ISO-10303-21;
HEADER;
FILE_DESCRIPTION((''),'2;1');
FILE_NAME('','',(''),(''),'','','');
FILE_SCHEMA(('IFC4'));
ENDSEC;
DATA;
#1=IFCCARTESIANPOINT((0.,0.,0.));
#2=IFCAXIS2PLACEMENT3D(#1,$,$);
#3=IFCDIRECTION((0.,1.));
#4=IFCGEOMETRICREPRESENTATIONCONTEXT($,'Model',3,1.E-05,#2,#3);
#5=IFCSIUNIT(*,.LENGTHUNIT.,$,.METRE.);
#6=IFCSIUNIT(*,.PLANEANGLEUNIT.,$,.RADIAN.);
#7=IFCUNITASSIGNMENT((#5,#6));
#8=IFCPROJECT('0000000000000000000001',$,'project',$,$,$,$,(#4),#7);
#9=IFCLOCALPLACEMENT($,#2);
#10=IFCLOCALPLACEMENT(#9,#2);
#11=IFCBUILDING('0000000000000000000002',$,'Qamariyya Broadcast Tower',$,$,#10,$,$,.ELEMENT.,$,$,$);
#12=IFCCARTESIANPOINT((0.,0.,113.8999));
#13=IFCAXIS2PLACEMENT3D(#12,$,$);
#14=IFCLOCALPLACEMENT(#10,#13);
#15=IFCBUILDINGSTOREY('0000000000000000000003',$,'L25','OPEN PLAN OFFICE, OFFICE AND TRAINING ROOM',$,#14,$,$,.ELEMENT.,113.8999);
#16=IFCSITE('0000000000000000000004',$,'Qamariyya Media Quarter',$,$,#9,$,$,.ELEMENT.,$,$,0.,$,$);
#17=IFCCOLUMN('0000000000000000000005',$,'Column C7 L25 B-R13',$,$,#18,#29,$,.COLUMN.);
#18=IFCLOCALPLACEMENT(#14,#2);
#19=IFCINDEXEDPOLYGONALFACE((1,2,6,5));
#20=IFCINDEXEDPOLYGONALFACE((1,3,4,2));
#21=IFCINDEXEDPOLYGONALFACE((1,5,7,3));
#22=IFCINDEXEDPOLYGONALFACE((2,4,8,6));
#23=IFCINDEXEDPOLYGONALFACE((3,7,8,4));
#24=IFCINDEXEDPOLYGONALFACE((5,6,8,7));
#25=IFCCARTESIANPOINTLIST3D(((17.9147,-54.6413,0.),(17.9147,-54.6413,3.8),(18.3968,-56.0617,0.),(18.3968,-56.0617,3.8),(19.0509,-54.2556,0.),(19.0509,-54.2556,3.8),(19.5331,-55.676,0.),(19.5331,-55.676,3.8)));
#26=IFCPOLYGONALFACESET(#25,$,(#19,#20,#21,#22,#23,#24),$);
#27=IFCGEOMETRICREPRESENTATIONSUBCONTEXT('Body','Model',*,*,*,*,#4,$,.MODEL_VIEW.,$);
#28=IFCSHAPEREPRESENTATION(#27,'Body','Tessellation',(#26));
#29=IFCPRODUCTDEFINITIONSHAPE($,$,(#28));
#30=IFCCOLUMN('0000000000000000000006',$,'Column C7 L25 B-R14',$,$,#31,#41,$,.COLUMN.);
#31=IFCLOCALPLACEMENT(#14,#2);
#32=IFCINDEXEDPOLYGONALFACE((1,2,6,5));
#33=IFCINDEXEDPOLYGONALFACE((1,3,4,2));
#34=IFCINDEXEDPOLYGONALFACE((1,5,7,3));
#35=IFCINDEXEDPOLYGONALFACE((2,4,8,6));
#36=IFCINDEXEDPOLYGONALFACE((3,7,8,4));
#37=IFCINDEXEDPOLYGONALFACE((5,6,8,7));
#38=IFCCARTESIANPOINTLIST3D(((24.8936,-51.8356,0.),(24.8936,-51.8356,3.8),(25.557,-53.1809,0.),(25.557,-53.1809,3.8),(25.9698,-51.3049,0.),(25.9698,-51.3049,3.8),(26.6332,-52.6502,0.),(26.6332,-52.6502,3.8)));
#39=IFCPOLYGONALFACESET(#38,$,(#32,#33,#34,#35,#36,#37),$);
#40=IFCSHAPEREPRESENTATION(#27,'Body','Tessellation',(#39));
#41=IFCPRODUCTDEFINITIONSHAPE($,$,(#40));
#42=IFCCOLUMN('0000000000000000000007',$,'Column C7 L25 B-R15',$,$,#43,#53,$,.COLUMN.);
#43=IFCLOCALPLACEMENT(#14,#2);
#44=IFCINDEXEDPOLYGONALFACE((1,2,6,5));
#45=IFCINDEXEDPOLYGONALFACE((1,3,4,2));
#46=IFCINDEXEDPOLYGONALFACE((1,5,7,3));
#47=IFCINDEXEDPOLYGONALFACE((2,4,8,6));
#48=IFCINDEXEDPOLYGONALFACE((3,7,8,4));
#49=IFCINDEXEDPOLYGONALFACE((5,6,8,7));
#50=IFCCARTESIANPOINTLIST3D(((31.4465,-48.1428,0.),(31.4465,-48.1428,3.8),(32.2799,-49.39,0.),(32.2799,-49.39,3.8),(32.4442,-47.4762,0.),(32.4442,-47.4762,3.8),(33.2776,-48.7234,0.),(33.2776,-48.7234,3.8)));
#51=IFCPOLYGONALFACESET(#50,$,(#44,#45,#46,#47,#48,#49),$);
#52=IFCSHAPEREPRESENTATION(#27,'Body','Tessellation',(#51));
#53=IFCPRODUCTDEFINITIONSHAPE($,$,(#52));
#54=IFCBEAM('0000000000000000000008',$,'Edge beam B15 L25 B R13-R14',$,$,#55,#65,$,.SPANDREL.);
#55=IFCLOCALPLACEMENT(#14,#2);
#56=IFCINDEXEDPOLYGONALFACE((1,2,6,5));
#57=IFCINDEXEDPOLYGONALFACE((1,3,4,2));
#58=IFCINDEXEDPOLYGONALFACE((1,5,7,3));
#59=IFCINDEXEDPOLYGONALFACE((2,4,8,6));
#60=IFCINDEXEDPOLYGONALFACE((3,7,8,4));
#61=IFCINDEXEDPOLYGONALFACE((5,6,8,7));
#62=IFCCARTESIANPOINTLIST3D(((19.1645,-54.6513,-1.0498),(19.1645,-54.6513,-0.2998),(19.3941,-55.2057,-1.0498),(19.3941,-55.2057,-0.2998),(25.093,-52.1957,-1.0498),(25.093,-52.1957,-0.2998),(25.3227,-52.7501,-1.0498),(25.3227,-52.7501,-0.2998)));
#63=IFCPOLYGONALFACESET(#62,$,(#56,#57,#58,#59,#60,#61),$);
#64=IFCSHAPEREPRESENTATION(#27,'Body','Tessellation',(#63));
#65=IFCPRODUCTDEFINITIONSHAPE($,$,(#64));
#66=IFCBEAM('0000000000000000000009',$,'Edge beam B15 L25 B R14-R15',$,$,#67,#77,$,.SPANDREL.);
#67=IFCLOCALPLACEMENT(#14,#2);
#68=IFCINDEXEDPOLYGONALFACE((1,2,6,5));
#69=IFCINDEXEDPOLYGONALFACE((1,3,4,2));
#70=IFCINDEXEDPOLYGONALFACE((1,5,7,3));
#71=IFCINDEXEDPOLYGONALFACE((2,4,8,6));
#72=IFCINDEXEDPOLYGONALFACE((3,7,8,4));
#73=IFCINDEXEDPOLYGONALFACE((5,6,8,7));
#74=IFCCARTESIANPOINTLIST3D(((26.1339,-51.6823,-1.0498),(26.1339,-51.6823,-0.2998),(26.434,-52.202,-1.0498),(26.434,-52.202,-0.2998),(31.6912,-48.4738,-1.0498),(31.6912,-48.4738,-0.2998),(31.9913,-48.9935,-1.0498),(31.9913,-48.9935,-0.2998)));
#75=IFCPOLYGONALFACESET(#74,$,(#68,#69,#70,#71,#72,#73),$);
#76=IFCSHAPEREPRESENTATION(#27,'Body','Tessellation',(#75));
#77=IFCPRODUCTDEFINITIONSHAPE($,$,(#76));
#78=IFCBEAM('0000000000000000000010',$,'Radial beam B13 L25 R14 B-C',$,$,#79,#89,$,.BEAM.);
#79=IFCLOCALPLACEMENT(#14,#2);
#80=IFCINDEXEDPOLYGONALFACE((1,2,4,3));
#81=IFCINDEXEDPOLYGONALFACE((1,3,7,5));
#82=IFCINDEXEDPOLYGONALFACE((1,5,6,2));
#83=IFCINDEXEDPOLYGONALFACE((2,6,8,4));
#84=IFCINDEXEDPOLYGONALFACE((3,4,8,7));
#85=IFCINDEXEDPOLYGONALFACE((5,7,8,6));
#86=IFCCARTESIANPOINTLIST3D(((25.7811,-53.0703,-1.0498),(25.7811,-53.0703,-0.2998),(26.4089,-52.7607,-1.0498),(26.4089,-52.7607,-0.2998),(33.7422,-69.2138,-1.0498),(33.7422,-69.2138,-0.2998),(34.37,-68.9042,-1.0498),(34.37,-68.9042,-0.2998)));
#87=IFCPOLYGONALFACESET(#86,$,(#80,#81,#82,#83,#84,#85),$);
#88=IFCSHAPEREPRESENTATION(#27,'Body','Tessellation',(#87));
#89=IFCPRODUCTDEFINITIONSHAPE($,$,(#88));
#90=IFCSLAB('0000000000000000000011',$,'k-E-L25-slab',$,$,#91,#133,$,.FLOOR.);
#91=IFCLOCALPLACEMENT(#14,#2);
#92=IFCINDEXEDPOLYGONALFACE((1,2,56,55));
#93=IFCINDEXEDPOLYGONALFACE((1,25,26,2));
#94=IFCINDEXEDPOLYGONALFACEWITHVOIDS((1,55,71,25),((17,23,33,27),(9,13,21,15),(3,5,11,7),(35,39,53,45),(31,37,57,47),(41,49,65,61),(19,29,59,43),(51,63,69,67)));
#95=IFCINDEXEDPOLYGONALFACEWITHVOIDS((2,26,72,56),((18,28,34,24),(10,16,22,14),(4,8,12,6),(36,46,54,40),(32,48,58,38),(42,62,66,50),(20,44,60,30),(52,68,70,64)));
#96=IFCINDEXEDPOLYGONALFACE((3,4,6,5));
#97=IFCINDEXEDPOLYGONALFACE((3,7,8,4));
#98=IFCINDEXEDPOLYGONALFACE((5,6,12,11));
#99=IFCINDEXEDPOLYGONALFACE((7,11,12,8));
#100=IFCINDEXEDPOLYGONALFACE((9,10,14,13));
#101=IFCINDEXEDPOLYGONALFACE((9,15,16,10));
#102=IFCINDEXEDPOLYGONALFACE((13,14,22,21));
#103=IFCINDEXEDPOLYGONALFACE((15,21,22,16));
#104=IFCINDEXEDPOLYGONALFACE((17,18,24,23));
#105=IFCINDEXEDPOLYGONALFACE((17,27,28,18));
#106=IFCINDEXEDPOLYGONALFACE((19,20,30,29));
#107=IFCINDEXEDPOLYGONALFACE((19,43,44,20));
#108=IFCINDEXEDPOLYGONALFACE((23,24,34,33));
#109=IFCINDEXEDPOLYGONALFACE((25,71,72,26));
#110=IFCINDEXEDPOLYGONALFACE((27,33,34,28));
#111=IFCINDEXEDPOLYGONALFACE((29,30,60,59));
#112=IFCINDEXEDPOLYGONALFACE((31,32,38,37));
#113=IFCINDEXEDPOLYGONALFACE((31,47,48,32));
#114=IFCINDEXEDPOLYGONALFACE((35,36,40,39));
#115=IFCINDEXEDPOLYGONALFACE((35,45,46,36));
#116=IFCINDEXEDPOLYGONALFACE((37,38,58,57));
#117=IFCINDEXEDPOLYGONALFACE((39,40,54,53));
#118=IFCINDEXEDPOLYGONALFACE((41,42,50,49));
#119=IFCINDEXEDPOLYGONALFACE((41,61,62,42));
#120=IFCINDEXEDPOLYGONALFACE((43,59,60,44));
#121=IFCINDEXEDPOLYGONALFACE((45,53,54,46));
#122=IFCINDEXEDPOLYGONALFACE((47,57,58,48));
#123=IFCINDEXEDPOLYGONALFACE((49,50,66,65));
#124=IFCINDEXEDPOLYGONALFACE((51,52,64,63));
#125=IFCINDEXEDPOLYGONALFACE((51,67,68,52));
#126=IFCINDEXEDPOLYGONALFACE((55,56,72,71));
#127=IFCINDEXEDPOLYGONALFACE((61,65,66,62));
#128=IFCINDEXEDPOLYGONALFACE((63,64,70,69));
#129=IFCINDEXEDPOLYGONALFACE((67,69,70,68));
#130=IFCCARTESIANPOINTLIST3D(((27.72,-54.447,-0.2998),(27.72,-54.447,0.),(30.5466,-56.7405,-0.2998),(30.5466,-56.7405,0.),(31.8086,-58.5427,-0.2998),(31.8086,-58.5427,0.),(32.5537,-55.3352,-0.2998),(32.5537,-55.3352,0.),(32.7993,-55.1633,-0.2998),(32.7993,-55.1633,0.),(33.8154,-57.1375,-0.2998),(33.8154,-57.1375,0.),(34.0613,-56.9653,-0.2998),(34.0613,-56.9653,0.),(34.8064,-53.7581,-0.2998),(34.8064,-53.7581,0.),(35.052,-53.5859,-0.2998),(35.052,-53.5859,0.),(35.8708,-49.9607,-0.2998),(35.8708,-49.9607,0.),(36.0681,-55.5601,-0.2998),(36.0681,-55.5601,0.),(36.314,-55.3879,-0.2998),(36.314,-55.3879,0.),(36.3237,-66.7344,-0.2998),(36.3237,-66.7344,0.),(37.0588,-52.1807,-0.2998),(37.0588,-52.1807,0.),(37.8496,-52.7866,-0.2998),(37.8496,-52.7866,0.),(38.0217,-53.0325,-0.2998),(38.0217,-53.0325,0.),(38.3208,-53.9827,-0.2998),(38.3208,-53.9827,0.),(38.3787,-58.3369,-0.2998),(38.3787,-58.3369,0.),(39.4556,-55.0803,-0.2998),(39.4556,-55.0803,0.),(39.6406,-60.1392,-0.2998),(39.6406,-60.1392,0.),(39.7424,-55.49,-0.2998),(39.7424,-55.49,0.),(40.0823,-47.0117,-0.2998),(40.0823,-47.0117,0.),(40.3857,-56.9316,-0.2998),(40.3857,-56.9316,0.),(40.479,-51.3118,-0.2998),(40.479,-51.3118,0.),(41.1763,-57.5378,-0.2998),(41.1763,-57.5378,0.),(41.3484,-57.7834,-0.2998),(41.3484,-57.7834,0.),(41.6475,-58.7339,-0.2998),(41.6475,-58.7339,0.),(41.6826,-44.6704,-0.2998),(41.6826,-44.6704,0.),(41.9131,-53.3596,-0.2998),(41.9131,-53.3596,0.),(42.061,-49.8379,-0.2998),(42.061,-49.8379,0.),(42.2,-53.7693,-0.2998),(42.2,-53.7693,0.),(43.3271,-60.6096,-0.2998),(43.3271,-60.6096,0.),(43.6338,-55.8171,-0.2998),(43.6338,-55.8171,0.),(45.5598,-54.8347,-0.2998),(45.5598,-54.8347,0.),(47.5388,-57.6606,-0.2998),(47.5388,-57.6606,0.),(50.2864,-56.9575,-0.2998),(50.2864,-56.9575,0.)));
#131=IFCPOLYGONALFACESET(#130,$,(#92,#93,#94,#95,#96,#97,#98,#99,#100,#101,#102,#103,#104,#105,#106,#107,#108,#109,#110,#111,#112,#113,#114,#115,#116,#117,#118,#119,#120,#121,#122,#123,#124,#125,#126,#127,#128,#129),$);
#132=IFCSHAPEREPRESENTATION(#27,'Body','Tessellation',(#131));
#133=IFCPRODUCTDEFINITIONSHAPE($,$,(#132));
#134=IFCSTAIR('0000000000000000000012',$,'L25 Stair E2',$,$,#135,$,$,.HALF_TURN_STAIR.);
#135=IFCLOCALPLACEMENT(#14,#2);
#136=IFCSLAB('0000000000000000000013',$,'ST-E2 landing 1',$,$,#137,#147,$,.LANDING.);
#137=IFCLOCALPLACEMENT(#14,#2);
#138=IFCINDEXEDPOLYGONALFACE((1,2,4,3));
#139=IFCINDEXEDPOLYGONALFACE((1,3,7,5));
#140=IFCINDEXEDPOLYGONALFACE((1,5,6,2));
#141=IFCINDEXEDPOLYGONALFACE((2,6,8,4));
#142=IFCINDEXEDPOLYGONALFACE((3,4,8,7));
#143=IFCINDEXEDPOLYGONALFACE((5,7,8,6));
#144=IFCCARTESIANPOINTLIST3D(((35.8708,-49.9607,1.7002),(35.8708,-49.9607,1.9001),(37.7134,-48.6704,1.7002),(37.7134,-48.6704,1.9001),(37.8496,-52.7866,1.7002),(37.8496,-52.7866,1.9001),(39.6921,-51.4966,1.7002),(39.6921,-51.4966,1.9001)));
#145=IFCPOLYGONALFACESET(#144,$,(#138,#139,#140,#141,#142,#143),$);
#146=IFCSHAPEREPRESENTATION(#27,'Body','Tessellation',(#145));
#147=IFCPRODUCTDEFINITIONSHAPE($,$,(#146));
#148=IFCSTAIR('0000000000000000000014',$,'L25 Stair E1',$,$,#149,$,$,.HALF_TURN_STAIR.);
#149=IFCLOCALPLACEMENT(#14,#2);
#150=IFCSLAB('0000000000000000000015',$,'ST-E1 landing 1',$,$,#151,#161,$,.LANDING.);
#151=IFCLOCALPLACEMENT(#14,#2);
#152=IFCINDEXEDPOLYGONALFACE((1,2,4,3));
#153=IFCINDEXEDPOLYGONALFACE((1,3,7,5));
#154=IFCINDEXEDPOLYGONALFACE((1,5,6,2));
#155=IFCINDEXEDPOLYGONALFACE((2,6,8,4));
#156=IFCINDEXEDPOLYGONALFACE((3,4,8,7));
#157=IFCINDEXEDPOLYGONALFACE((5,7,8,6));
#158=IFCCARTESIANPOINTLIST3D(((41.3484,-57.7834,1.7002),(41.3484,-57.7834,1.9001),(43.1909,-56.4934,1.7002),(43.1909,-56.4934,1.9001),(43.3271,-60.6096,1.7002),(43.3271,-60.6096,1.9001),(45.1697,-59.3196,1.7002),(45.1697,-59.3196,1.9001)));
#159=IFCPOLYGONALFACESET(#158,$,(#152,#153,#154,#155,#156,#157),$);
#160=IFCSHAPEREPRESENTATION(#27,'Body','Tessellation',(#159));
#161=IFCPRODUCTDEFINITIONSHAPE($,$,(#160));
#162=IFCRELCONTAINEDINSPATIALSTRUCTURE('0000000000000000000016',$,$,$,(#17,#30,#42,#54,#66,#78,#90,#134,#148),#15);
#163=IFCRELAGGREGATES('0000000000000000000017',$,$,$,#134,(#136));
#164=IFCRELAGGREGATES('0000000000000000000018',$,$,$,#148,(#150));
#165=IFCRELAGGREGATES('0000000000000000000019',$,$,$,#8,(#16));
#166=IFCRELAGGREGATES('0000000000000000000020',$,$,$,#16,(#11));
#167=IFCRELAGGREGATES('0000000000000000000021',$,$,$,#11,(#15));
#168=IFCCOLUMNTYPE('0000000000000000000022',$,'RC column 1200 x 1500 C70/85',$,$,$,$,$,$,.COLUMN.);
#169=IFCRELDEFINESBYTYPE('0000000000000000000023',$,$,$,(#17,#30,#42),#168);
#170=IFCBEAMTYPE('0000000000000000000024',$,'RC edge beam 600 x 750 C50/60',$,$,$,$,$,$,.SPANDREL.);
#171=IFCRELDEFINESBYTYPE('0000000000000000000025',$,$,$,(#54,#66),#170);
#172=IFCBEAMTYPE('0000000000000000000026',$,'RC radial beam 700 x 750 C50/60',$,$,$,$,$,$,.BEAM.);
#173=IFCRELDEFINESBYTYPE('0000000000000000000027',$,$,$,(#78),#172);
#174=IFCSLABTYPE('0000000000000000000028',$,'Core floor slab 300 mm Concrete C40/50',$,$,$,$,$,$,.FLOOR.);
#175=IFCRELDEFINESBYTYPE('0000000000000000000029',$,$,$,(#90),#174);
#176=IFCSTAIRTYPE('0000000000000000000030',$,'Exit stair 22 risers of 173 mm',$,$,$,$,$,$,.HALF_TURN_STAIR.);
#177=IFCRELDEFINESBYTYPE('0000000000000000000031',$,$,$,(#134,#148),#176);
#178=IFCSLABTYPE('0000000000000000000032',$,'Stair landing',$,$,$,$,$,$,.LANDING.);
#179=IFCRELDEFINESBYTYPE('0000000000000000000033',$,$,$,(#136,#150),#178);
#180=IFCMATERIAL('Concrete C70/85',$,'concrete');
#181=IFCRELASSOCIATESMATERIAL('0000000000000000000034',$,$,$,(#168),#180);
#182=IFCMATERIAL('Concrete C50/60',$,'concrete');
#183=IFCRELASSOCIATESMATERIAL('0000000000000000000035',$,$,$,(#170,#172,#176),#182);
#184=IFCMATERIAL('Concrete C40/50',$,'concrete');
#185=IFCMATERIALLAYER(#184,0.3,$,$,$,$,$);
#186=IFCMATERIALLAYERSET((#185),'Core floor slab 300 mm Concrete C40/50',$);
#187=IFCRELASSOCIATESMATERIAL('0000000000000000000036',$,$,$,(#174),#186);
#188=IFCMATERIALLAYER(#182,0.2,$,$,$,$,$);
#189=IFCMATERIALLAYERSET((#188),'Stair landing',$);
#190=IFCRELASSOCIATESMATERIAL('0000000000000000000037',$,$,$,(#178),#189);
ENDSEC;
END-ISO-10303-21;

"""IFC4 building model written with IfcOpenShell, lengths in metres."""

from ifc_helpers import new_model, si_unit, direction, frame, origin, origin_2d, place, context, subcontext, project, spatial, polyline, rectangle, outline, extrude, material, layer, layer_set, material_profile, profile_set, type_object, element, aggregate, save


model = new_model("IFC4")

# Units and contexts
model_context = context("Model", 3, precision=1e-05, world=origin(), true_north=direction((0.0, 1.0)))
body_context = subcontext(model_context, "Body", "Model", "MODEL_VIEW")
ifc_project = project(units=[si_unit("LENGTHUNIT", "METRE"), si_unit("PLANEANGLEUNIT", "RADIAN")], contexts=[model_context])

# Site, building, storey
site_placement = place(None, origin())
site = spatial("IfcSite", under=ifc_project, at=site_placement, Name="Qamariyya Media Quarter", CompositionType="ELEMENT", RefElevation=0.0)
building_placement = place(site_placement, origin())
building = spatial("IfcBuilding", under=site, at=building_placement, Name="Qamariyya Broadcast Tower", CompositionType="ELEMENT")
storey_placement = place(building_placement, frame((0.0, 0.0, 113.8999)))
storey = spatial("IfcBuildingStorey", under=building, at=storey_placement, Name="L25", Description="OPEN PLAN OFFICE, OFFICE AND TRAINING ROOM", CompositionType="ELEMENT", Elevation=113.8999)

# Columns
ifc_material_1 = material(Name="Concrete C70/85", Category="concrete")
ifc_material_profile_1 = material_profile(ifc_material_1, rectangle(XDim=1.2, YDim=1.5, at=origin_2d()))
ifc_profile_set_1 = profile_set([ifc_material_profile_1], Name="Concrete C70/85")
column_type = type_object("IfcColumnType", Name="RC column 1200 x 1500 C70/85", PredefinedType="COLUMN", material=ifc_profile_set_1)
for number, where, z_axis, x_axis, name in (
    (1, (18.7239, -55.1587, 0.0), (0.0, 0.0, 1.0), (0.94693, 0.321439, 0.0), "Column C7 L25 B-R13"),
    (2, (25.7634, -52.2429, 0.0), (0.0, 0.0, 1.0), (0.896873, 0.442289, 0.0), "Column C7 L25 B-R14"),
    (3, (32.3621, -48.4331, 0.0), (0.0, 0.0, 1.0), (0.83147, 0.55557, 0.0), "Column C7 L25 B-R15"),
):
    element("IfcColumn", number, at=place(storey_placement, frame(where, z_axis=z_axis, x_axis=x_axis)), inside=storey, type_object=column_type, Name=name, PredefinedType="COLUMN", context=body_context, shape_type="SweptSolid", body=[
        extrude(rectangle(XDim=1.2, YDim=1.5, at=origin_2d()), origin(), (0.0, 0.0, 1.0), 3.8),
    ])

# Beams
ifc_material_2 = material(Name="Concrete C50/60", Category="concrete")
ifc_material_profile_2 = material_profile(ifc_material_2, rectangle(XDim=0.6001, YDim=0.75, at=origin_2d()))
ifc_profile_set_2 = profile_set([ifc_material_profile_2], Name="Concrete C50/60")
beam_type_1 = type_object("IfcBeamType", Name="RC edge beam 600 x 750 C50/60", PredefinedType="SPANDREL", material=ifc_profile_set_2)
for number, where, z_axis, x_axis, name in (
    (4, (19.2793, -54.9285, -0.6748), (0.923884, 0.382672, 0.0), (-0.382672, 0.923884, 0.0), "Edge beam B15 L25 B R13-R14"),
    (5, (26.2839, -51.9421, -0.6748), (0.866029, 0.499994, 0.0), (-0.499994, 0.866029, 0.0), "Edge beam B15 L25 B R14-R15"),
):
    element("IfcBeam", number, at=place(storey_placement, frame(where, z_axis=z_axis, x_axis=x_axis)), inside=storey, type_object=beam_type_1, Name=name, PredefinedType="SPANDREL", context=body_context, shape_type="SweptSolid", body=[
        extrude(rectangle(XDim=0.6001, YDim=0.75, at=origin_2d()), origin(), (0.0, 0.0, 1.0), 6.417),
    ])
ifc_material_profile_3 = material_profile(ifc_material_2, rectangle(XDim=0.7, YDim=0.75, at=origin_2d()))
ifc_profile_set_3 = profile_set([ifc_material_profile_3], Name="Concrete C50/60")
beam_type_2 = type_object("IfcBeamType", Name="RC radial beam 700 x 750 C50/60", PredefinedType="BEAM", material=ifc_profile_set_3)
beam_placement = place(storey_placement, frame((26.095, -52.9155, -0.6748), z_axis=(0.442291, -0.896871, 0.0), x_axis=(0.896871, 0.442291, 0.0)))
element("IfcBeam", 6, at=beam_placement, inside=storey, type_object=beam_type_2, Name="Radial beam B13 L25 R14 B-C", PredefinedType="BEAM", context=body_context, shape_type="SweptSolid", body=[
    extrude(rectangle(XDim=0.7, YDim=0.75, at=origin_2d()), origin(), (0.0, 0.0, 1.0), 17.9998),
])

# Slab
ifc_material_3 = material(Name="Concrete C40/50", Category="concrete")
ifc_layer_1 = layer(ifc_material_3, 0.3)
ifc_layer_set_1 = layer_set([ifc_layer_1], Name="Core floor slab 300 mm Concrete C40/50")
slab_type_1 = type_object("IfcSlabType", Name="Core floor slab 300 mm Concrete C40/50", PredefinedType="FLOOR", material=ifc_layer_set_1)
slab_1_placement = place(storey_placement, frame((0.0, 0.0, -0.2998)))
element("IfcSlab", 7, at=slab_1_placement, inside=storey, type_object=slab_type_1, Name="k-E-L25-slab", PredefinedType="FLOOR", context=body_context, shape_type="SweptSolid", body=[
    extrude(outline(polyline([(36.3237, -66.7344), (50.2864, -56.9575), (41.6826, -44.6704), (27.72, -54.447), (36.3237, -66.7344)]), holes=[polyline([(31.8086, -58.5427), (33.8154, -57.1375), (32.5537, -55.3352), (30.5466, -56.7405), (31.8086, -58.5427)]), polyline([(34.0613, -56.9653), (36.0681, -55.5601), (34.8064, -53.7581), (32.7993, -55.1633), (34.0613, -56.9653)]), polyline([(36.314, -55.3879), (38.3208, -53.9827), (37.0588, -52.1807), (35.052, -53.5859), (36.314, -55.3879)]), polyline([(38.3787, -58.3369), (40.3857, -56.9316), (41.6475, -58.7339), (39.6406, -60.1392), (38.3787, -58.3369)]), polyline([(39.7424, -55.49), (42.2, -53.7693), (43.6338, -55.8171), (41.1763, -57.5378), (39.7424, -55.49)]), polyline([(39.4556, -55.0803), (41.9131, -53.3596), (40.479, -51.3118), (38.0217, -53.0325), (39.4556, -55.0803)]), polyline([(40.0823, -47.0117), (35.8708, -49.9607), (37.8496, -52.7866), (42.061, -49.8379), (40.0823, -47.0117)]), polyline([(45.5598, -54.8347), (41.3484, -57.7834), (43.3271, -60.6096), (47.5388, -57.6606), (45.5598, -54.8347)])]), origin(), (0.0, 0.0, 1.0), 0.2998),
])

# Stairs, slabs
stair_type = type_object("IfcStairType", Name="Exit stair 22 risers of 173 mm", PredefinedType="HALF_TURN_STAIR", material=ifc_material_2)
stair_1_placement = place(storey_placement, origin())
stair_1 = element("IfcStair", 8, at=stair_1_placement, inside=storey, type_object=stair_type, Name="L25 Stair E2", PredefinedType="HALF_TURN_STAIR")
ifc_layer_2 = layer(ifc_material_2, 0.2)
ifc_layer_set_2 = layer_set([ifc_layer_2], Name="Stair landing")
slab_type_2 = type_object("IfcSlabType", Name="Stair landing", PredefinedType="LANDING", material=ifc_layer_set_2)
slab_2_placement = place(storey_placement, frame((0.0, 0.0, 1.7002)))
slab_2 = element("IfcSlab", 9, at=slab_2_placement, type_object=slab_type_2, Name="ST-E2 landing 1", PredefinedType="LANDING", context=body_context, shape_type="SweptSolid", body=[
    extrude(outline(polyline([(37.7134, -48.6704), (35.8708, -49.9607), (37.8496, -52.7866), (39.6921, -51.4966), (37.7134, -48.6704)])), origin(), (0.0, 0.0, 1.0), 0.2),
])
aggregate(stair_1, [slab_2])
stair_2_placement = place(storey_placement, origin())
stair_2 = element("IfcStair", 10, at=stair_2_placement, inside=storey, type_object=stair_type, Name="L25 Stair E1", PredefinedType="HALF_TURN_STAIR")
slab_3_placement = place(storey_placement, frame((0.0, 0.0, 1.7002)))
slab_3 = element("IfcSlab", 11, at=slab_3_placement, type_object=slab_type_2, Name="ST-E1 landing 1", PredefinedType="LANDING", context=body_context, shape_type="SweptSolid", body=[
    extrude(outline(polyline([(43.1909, -56.4934), (41.3484, -57.7834), (43.3271, -60.6096), (45.1697, -59.3196), (43.1909, -56.4934)])), origin(), (0.0, 0.0, 1.0), 0.2),
])
aggregate(stair_2, [slab_3])

save(model, "model.ifc")
